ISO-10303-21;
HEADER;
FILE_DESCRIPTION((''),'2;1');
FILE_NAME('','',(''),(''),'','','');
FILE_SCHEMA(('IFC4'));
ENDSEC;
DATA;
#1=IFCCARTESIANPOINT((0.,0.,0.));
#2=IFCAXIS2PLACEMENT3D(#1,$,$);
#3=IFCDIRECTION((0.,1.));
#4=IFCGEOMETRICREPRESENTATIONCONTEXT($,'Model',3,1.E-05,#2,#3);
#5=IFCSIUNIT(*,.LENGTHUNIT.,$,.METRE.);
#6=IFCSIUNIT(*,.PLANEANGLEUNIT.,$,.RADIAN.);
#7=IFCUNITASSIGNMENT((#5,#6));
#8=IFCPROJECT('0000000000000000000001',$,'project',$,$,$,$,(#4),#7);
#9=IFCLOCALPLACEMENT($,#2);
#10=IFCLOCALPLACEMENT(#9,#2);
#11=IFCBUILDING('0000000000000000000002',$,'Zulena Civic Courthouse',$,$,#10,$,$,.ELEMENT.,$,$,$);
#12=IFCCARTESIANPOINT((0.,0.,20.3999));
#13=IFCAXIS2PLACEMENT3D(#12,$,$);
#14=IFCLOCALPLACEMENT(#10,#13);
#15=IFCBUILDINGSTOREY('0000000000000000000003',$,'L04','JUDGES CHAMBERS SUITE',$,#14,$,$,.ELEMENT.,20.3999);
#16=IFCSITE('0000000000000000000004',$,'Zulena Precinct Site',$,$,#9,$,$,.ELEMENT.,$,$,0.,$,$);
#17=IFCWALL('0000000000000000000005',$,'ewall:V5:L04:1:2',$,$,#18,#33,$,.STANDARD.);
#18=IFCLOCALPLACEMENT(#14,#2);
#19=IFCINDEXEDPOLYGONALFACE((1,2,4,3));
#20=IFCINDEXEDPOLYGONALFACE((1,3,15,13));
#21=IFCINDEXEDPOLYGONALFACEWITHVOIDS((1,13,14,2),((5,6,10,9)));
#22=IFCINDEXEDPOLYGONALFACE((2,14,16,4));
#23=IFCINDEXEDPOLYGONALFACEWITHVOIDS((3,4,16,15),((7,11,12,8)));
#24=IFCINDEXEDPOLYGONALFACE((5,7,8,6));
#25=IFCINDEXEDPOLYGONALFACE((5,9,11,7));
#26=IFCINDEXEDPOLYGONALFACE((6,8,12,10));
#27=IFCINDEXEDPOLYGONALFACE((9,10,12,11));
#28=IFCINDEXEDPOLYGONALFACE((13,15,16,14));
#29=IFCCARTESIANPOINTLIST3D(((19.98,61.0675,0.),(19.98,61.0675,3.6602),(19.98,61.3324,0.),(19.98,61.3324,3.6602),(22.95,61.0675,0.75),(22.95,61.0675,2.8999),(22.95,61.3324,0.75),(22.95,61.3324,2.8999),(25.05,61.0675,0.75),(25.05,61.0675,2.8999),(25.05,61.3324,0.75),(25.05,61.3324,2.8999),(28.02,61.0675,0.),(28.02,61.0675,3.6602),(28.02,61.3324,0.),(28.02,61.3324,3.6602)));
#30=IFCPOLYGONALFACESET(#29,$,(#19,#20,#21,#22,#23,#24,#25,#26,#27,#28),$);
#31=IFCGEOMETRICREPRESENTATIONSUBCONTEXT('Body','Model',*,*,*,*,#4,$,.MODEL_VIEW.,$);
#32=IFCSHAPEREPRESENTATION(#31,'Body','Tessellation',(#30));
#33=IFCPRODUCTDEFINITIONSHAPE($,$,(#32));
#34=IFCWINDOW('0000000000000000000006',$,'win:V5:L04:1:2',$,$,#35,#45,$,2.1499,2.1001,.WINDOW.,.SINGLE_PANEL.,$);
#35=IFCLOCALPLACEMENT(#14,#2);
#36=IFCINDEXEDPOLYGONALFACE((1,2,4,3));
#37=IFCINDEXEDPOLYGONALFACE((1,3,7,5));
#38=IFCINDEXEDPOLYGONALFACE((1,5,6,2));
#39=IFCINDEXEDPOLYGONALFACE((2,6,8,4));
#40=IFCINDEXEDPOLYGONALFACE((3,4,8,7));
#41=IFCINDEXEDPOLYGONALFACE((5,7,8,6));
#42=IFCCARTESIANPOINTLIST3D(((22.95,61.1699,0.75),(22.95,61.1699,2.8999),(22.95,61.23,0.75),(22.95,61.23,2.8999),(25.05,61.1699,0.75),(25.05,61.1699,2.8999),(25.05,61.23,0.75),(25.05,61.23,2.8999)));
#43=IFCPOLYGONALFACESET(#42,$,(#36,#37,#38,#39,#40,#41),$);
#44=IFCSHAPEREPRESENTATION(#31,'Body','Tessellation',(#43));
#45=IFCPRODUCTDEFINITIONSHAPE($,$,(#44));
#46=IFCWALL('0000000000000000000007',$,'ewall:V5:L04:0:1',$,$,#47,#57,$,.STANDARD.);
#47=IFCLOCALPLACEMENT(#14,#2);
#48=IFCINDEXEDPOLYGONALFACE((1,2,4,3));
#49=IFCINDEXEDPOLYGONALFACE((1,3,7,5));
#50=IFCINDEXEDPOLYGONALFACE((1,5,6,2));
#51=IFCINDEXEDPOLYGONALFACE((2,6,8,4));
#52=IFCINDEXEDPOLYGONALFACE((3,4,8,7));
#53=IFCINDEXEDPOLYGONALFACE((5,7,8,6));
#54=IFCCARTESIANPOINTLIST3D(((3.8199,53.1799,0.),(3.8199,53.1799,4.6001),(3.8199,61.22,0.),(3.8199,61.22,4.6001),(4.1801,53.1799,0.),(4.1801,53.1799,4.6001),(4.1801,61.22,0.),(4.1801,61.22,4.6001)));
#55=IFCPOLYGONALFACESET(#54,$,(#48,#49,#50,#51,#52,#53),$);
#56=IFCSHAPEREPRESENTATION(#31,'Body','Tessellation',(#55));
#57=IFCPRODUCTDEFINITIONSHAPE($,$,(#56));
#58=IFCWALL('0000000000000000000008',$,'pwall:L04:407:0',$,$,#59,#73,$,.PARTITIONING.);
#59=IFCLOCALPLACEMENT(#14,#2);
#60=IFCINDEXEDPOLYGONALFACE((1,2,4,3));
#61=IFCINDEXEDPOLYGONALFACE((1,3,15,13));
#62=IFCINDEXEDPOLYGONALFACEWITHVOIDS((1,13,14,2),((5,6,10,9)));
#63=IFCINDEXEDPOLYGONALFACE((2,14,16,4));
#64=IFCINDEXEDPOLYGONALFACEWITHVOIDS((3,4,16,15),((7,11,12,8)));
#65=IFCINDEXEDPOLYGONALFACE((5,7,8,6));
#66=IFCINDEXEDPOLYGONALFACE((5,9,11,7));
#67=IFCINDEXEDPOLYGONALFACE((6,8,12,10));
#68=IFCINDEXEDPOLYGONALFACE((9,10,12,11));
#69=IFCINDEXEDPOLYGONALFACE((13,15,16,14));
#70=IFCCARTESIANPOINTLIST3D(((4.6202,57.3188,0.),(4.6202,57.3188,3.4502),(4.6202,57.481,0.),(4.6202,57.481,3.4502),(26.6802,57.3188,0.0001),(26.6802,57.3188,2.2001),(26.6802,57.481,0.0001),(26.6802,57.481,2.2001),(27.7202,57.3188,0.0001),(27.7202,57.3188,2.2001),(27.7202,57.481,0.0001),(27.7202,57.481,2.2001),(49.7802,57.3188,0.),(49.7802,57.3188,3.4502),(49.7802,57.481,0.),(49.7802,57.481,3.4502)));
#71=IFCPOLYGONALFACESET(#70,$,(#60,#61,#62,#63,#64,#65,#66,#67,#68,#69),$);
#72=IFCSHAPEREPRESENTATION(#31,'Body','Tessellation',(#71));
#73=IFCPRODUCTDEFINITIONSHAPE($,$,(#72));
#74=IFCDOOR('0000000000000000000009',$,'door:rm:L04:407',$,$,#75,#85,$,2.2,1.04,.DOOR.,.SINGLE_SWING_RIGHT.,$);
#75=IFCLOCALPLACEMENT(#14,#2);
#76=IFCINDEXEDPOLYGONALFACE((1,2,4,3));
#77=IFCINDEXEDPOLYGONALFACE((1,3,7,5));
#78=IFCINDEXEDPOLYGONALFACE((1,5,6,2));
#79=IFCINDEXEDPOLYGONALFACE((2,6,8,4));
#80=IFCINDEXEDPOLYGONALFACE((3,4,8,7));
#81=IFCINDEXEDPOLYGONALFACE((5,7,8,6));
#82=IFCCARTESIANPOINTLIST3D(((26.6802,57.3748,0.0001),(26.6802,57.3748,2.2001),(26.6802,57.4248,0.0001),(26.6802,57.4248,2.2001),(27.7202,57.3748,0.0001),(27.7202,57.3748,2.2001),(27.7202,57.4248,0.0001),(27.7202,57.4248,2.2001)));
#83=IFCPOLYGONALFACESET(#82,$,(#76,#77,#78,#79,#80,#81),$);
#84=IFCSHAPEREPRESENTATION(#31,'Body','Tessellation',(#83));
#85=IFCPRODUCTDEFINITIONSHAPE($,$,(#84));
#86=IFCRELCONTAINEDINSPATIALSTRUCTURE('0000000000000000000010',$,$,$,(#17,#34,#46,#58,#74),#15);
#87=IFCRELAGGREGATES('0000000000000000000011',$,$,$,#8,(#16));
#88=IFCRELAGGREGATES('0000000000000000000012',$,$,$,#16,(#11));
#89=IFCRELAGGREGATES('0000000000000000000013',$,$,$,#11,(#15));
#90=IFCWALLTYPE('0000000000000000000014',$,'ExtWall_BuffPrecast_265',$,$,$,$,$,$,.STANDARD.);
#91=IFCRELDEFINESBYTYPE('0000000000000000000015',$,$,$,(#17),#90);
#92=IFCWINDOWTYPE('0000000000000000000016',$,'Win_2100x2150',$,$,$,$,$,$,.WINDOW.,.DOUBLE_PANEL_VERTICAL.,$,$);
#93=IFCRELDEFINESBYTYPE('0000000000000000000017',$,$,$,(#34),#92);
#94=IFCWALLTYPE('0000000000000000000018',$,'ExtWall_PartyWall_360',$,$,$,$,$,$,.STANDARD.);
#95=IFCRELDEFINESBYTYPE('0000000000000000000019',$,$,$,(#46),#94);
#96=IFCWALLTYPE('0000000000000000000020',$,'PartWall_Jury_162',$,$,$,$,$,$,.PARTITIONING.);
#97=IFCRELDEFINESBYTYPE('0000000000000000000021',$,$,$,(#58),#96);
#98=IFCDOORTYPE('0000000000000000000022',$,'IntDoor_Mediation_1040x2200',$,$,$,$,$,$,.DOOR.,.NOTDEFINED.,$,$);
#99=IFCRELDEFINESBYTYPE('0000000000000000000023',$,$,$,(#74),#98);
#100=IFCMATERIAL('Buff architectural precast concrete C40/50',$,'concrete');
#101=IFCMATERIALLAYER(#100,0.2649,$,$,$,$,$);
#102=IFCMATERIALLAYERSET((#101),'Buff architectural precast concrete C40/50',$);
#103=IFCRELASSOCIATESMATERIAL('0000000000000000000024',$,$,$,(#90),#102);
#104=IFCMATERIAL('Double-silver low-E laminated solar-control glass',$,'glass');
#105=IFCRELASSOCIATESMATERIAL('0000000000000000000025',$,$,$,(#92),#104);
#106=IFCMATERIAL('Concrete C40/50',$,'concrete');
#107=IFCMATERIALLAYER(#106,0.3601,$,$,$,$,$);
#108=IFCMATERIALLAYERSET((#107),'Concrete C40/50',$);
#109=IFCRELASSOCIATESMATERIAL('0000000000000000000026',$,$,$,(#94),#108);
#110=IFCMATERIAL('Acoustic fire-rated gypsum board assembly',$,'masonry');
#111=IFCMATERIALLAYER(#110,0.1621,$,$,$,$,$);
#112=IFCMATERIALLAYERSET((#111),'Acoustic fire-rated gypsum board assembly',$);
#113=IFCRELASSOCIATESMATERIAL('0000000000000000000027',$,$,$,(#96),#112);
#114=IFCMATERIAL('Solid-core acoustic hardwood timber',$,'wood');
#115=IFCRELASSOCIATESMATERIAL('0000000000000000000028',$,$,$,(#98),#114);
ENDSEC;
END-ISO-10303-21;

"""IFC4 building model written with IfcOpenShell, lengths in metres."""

from ifc_helpers import new_model, si_unit, direction, frame, frame_2d, origin, place, context, subcontext, project, spatial, rectangle, extrude, material, layer, layer_set, type_object, element, fill, save


model = new_model("IFC4")

# Units and contexts
model_context = context("Model", 3, precision=1e-05, world=origin(), true_north=direction((0.0, 1.0)))
body_context = subcontext(model_context, "Body", "Model", "MODEL_VIEW")
ifc_project = project(units=[si_unit("LENGTHUNIT", "METRE"), si_unit("PLANEANGLEUNIT", "RADIAN")], contexts=[model_context])

# Site, building, storey
site_placement = place(None, origin())
site = spatial("IfcSite", under=ifc_project, at=site_placement, Name="Zulena Precinct Site", CompositionType="ELEMENT", RefElevation=0.0)
building_placement = place(site_placement, origin())
building = spatial("IfcBuilding", under=site, at=building_placement, Name="Zulena Civic Courthouse", CompositionType="ELEMENT")
storey_placement = place(building_placement, frame((0.0, 0.0, 20.3999)))
storey = spatial("IfcBuildingStorey", under=building, at=storey_placement, Name="L04", Description="JUDGES CHAMBERS SUITE", CompositionType="ELEMENT", Elevation=20.3999)

# Shared definitions
ifc_material_1 = material(Name="Concrete C40/50", Category="concrete")

# Wall, opening, window
ifc_material_2 = material(Name="Buff architectural precast concrete C40/50", Category="concrete")
ifc_layer_1 = layer(ifc_material_2, 0.2649)
ifc_layer_set_1 = layer_set([ifc_layer_1], Name="Buff architectural precast concrete C40/50")
wall_type_1 = type_object("IfcWallType", Name="ExtWall_BuffPrecast_265", PredefinedType="STANDARD", material=ifc_layer_set_1)
ifc_material_3 = material(Name="Double-silver low-E laminated solar-control glass", Category="glass")
wall_1_placement = place(storey_placement, frame((19.98, 61.2, 0.0), z_axis=(0.0, 0.0, 1.0), x_axis=(1.0, 0.0, 0.0)))
wall_1 = element("IfcWall", 1, at=wall_1_placement, inside=storey, type_object=wall_type_1, Name="ewall:V5:L04:1:2", PredefinedType="STANDARD", context=body_context, shape_type="SweptSolid", body=[
    extrude(rectangle(XDim=8.04, YDim=0.2649, at=frame_2d((4.02, 0.0))), origin(), (0.0, 0.0, 1.0), 3.6602),
])
opening_1_placement = place(wall_1_placement, frame((2.97, 0.0, 0.75)))
opening_1 = element("IfcOpeningElement", 2, at=opening_1_placement, cuts=wall_1, PredefinedType="OPENING", context=body_context, shape_type="SweptSolid", body=[
    extrude(rectangle(XDim=2.1001, YDim=2.1499, at=frame_2d((1.05, 1.075))), frame((0.0, 0.1423, 0.0), z_axis=(0.0, -1.0, 0.0), x_axis=(1.0, 0.0, 0.0)), (0.0, 0.0, 1.0), 0.2849),
])
window_type_1 = type_object("IfcWindowType", Name="Win_2100x2150", PartitioningType="DOUBLE_PANEL_VERTICAL", PredefinedType="WINDOW", material=ifc_material_3)
window_1_placement = place(opening_1_placement, origin())
window_1 = element("IfcWindow", 3, at=window_1_placement, inside=storey, type_object=window_type_1, Name="win:V5:L04:1:2", OverallHeight=2.1499, OverallWidth=2.1001, PartitioningType="SINGLE_PANEL", PredefinedType="WINDOW", context=body_context, shape_type="SweptSolid", body=[
    extrude(rectangle(XDim=2.1001, YDim=2.1499, at=frame_2d((1.05, 1.075))), frame((0.0, 0.03, 0.0), z_axis=(0.0, -1.0, 0.0), x_axis=(1.0, 0.0, 0.0)), (0.0, 0.0, 1.0), 0.0601),
])
fill(opening_1, window_1)

# Wall
ifc_layer_2 = layer(ifc_material_1, 0.3601)
ifc_layer_set_2 = layer_set([ifc_layer_2], Name="Concrete C40/50")
wall_type_2 = type_object("IfcWallType", Name="ExtWall_PartyWall_360", PredefinedType="STANDARD", material=ifc_layer_set_2)
wall_2_placement = place(storey_placement, frame((4.0, 53.1799, 0.0), z_axis=(0.0, 0.0, 1.0), x_axis=(0.0, 1.0, 0.0)))
element("IfcWall", 4, at=wall_2_placement, inside=storey, type_object=wall_type_2, Name="ewall:V5:L04:0:1", PredefinedType="STANDARD", context=body_context, shape_type="SweptSolid", body=[
    extrude(rectangle(XDim=8.04, YDim=0.3601, at=frame_2d((4.02, 0.0))), origin(), (0.0, 0.0, 1.0), 4.6001),
])

# Wall, opening, door
ifc_material_4 = material(Name="Acoustic fire-rated gypsum board assembly", Category="masonry")
ifc_layer_3 = layer(ifc_material_4, 0.1621)
ifc_layer_set_3 = layer_set([ifc_layer_3], Name="Acoustic fire-rated gypsum board assembly")
wall_type_3 = type_object("IfcWallType", Name="PartWall_Jury_162", PredefinedType="PARTITIONING", material=ifc_layer_set_3)
wall_3_placement = place(storey_placement, frame((4.6201, 57.3999, 0.0), z_axis=(0.0, 0.0, 1.0), x_axis=(1.0, 0.0, 0.0)))
wall_3 = element("IfcWall", 5, at=wall_3_placement, inside=storey, type_object=wall_type_3, Name="pwall:L04:407:0", PredefinedType="PARTITIONING", context=body_context, shape_type="SweptSolid", body=[
    extrude(rectangle(XDim=45.1599, YDim=0.1621, at=frame_2d((22.5801, 0.0))), origin(), (0.0, 0.0, 1.0), 3.4502),
])
opening_2_placement = place(wall_3_placement, frame((22.0601, 0.0, 0.0)))
opening_2 = element("IfcOpeningElement", 6, at=opening_2_placement, cuts=wall_3, PredefinedType="OPENING", context=body_context, shape_type="SweptSolid", body=[
    extrude(rectangle(XDim=1.04, YDim=2.2, at=frame_2d((0.52, 1.1001))), frame((0.0, 0.0911, 0.0), z_axis=(0.0, -1.0, 0.0), x_axis=(1.0, 0.0, 0.0)), (0.0, 0.0, 1.0), 0.1821),
])
ifc_material_5 = material(Name="Solid-core acoustic hardwood timber", Category="wood")
door_type = type_object("IfcDoorType", Name="IntDoor_Mediation_1040x2200", OperationType="NOTDEFINED", PredefinedType="DOOR", material=ifc_material_5)
door_placement = place(opening_2_placement, origin())
door = element("IfcDoor", 7, at=door_placement, inside=storey, type_object=door_type, Name="door:rm:L04:407", OperationType="SINGLE_SWING_RIGHT", OverallHeight=2.2, OverallWidth=1.04, PredefinedType="DOOR", context=body_context, shape_type="SweptSolid", body=[
    extrude(rectangle(XDim=1.04, YDim=2.2, at=frame_2d((0.52, 1.1001))), frame((0.0, 0.0249, 0.0), z_axis=(0.0, -1.0, 0.0), x_axis=(1.0, 0.0, 0.0)), (0.0, 0.0, 1.0), 0.05),
])
fill(opening_2, door)

save(model, "model.ifc")
